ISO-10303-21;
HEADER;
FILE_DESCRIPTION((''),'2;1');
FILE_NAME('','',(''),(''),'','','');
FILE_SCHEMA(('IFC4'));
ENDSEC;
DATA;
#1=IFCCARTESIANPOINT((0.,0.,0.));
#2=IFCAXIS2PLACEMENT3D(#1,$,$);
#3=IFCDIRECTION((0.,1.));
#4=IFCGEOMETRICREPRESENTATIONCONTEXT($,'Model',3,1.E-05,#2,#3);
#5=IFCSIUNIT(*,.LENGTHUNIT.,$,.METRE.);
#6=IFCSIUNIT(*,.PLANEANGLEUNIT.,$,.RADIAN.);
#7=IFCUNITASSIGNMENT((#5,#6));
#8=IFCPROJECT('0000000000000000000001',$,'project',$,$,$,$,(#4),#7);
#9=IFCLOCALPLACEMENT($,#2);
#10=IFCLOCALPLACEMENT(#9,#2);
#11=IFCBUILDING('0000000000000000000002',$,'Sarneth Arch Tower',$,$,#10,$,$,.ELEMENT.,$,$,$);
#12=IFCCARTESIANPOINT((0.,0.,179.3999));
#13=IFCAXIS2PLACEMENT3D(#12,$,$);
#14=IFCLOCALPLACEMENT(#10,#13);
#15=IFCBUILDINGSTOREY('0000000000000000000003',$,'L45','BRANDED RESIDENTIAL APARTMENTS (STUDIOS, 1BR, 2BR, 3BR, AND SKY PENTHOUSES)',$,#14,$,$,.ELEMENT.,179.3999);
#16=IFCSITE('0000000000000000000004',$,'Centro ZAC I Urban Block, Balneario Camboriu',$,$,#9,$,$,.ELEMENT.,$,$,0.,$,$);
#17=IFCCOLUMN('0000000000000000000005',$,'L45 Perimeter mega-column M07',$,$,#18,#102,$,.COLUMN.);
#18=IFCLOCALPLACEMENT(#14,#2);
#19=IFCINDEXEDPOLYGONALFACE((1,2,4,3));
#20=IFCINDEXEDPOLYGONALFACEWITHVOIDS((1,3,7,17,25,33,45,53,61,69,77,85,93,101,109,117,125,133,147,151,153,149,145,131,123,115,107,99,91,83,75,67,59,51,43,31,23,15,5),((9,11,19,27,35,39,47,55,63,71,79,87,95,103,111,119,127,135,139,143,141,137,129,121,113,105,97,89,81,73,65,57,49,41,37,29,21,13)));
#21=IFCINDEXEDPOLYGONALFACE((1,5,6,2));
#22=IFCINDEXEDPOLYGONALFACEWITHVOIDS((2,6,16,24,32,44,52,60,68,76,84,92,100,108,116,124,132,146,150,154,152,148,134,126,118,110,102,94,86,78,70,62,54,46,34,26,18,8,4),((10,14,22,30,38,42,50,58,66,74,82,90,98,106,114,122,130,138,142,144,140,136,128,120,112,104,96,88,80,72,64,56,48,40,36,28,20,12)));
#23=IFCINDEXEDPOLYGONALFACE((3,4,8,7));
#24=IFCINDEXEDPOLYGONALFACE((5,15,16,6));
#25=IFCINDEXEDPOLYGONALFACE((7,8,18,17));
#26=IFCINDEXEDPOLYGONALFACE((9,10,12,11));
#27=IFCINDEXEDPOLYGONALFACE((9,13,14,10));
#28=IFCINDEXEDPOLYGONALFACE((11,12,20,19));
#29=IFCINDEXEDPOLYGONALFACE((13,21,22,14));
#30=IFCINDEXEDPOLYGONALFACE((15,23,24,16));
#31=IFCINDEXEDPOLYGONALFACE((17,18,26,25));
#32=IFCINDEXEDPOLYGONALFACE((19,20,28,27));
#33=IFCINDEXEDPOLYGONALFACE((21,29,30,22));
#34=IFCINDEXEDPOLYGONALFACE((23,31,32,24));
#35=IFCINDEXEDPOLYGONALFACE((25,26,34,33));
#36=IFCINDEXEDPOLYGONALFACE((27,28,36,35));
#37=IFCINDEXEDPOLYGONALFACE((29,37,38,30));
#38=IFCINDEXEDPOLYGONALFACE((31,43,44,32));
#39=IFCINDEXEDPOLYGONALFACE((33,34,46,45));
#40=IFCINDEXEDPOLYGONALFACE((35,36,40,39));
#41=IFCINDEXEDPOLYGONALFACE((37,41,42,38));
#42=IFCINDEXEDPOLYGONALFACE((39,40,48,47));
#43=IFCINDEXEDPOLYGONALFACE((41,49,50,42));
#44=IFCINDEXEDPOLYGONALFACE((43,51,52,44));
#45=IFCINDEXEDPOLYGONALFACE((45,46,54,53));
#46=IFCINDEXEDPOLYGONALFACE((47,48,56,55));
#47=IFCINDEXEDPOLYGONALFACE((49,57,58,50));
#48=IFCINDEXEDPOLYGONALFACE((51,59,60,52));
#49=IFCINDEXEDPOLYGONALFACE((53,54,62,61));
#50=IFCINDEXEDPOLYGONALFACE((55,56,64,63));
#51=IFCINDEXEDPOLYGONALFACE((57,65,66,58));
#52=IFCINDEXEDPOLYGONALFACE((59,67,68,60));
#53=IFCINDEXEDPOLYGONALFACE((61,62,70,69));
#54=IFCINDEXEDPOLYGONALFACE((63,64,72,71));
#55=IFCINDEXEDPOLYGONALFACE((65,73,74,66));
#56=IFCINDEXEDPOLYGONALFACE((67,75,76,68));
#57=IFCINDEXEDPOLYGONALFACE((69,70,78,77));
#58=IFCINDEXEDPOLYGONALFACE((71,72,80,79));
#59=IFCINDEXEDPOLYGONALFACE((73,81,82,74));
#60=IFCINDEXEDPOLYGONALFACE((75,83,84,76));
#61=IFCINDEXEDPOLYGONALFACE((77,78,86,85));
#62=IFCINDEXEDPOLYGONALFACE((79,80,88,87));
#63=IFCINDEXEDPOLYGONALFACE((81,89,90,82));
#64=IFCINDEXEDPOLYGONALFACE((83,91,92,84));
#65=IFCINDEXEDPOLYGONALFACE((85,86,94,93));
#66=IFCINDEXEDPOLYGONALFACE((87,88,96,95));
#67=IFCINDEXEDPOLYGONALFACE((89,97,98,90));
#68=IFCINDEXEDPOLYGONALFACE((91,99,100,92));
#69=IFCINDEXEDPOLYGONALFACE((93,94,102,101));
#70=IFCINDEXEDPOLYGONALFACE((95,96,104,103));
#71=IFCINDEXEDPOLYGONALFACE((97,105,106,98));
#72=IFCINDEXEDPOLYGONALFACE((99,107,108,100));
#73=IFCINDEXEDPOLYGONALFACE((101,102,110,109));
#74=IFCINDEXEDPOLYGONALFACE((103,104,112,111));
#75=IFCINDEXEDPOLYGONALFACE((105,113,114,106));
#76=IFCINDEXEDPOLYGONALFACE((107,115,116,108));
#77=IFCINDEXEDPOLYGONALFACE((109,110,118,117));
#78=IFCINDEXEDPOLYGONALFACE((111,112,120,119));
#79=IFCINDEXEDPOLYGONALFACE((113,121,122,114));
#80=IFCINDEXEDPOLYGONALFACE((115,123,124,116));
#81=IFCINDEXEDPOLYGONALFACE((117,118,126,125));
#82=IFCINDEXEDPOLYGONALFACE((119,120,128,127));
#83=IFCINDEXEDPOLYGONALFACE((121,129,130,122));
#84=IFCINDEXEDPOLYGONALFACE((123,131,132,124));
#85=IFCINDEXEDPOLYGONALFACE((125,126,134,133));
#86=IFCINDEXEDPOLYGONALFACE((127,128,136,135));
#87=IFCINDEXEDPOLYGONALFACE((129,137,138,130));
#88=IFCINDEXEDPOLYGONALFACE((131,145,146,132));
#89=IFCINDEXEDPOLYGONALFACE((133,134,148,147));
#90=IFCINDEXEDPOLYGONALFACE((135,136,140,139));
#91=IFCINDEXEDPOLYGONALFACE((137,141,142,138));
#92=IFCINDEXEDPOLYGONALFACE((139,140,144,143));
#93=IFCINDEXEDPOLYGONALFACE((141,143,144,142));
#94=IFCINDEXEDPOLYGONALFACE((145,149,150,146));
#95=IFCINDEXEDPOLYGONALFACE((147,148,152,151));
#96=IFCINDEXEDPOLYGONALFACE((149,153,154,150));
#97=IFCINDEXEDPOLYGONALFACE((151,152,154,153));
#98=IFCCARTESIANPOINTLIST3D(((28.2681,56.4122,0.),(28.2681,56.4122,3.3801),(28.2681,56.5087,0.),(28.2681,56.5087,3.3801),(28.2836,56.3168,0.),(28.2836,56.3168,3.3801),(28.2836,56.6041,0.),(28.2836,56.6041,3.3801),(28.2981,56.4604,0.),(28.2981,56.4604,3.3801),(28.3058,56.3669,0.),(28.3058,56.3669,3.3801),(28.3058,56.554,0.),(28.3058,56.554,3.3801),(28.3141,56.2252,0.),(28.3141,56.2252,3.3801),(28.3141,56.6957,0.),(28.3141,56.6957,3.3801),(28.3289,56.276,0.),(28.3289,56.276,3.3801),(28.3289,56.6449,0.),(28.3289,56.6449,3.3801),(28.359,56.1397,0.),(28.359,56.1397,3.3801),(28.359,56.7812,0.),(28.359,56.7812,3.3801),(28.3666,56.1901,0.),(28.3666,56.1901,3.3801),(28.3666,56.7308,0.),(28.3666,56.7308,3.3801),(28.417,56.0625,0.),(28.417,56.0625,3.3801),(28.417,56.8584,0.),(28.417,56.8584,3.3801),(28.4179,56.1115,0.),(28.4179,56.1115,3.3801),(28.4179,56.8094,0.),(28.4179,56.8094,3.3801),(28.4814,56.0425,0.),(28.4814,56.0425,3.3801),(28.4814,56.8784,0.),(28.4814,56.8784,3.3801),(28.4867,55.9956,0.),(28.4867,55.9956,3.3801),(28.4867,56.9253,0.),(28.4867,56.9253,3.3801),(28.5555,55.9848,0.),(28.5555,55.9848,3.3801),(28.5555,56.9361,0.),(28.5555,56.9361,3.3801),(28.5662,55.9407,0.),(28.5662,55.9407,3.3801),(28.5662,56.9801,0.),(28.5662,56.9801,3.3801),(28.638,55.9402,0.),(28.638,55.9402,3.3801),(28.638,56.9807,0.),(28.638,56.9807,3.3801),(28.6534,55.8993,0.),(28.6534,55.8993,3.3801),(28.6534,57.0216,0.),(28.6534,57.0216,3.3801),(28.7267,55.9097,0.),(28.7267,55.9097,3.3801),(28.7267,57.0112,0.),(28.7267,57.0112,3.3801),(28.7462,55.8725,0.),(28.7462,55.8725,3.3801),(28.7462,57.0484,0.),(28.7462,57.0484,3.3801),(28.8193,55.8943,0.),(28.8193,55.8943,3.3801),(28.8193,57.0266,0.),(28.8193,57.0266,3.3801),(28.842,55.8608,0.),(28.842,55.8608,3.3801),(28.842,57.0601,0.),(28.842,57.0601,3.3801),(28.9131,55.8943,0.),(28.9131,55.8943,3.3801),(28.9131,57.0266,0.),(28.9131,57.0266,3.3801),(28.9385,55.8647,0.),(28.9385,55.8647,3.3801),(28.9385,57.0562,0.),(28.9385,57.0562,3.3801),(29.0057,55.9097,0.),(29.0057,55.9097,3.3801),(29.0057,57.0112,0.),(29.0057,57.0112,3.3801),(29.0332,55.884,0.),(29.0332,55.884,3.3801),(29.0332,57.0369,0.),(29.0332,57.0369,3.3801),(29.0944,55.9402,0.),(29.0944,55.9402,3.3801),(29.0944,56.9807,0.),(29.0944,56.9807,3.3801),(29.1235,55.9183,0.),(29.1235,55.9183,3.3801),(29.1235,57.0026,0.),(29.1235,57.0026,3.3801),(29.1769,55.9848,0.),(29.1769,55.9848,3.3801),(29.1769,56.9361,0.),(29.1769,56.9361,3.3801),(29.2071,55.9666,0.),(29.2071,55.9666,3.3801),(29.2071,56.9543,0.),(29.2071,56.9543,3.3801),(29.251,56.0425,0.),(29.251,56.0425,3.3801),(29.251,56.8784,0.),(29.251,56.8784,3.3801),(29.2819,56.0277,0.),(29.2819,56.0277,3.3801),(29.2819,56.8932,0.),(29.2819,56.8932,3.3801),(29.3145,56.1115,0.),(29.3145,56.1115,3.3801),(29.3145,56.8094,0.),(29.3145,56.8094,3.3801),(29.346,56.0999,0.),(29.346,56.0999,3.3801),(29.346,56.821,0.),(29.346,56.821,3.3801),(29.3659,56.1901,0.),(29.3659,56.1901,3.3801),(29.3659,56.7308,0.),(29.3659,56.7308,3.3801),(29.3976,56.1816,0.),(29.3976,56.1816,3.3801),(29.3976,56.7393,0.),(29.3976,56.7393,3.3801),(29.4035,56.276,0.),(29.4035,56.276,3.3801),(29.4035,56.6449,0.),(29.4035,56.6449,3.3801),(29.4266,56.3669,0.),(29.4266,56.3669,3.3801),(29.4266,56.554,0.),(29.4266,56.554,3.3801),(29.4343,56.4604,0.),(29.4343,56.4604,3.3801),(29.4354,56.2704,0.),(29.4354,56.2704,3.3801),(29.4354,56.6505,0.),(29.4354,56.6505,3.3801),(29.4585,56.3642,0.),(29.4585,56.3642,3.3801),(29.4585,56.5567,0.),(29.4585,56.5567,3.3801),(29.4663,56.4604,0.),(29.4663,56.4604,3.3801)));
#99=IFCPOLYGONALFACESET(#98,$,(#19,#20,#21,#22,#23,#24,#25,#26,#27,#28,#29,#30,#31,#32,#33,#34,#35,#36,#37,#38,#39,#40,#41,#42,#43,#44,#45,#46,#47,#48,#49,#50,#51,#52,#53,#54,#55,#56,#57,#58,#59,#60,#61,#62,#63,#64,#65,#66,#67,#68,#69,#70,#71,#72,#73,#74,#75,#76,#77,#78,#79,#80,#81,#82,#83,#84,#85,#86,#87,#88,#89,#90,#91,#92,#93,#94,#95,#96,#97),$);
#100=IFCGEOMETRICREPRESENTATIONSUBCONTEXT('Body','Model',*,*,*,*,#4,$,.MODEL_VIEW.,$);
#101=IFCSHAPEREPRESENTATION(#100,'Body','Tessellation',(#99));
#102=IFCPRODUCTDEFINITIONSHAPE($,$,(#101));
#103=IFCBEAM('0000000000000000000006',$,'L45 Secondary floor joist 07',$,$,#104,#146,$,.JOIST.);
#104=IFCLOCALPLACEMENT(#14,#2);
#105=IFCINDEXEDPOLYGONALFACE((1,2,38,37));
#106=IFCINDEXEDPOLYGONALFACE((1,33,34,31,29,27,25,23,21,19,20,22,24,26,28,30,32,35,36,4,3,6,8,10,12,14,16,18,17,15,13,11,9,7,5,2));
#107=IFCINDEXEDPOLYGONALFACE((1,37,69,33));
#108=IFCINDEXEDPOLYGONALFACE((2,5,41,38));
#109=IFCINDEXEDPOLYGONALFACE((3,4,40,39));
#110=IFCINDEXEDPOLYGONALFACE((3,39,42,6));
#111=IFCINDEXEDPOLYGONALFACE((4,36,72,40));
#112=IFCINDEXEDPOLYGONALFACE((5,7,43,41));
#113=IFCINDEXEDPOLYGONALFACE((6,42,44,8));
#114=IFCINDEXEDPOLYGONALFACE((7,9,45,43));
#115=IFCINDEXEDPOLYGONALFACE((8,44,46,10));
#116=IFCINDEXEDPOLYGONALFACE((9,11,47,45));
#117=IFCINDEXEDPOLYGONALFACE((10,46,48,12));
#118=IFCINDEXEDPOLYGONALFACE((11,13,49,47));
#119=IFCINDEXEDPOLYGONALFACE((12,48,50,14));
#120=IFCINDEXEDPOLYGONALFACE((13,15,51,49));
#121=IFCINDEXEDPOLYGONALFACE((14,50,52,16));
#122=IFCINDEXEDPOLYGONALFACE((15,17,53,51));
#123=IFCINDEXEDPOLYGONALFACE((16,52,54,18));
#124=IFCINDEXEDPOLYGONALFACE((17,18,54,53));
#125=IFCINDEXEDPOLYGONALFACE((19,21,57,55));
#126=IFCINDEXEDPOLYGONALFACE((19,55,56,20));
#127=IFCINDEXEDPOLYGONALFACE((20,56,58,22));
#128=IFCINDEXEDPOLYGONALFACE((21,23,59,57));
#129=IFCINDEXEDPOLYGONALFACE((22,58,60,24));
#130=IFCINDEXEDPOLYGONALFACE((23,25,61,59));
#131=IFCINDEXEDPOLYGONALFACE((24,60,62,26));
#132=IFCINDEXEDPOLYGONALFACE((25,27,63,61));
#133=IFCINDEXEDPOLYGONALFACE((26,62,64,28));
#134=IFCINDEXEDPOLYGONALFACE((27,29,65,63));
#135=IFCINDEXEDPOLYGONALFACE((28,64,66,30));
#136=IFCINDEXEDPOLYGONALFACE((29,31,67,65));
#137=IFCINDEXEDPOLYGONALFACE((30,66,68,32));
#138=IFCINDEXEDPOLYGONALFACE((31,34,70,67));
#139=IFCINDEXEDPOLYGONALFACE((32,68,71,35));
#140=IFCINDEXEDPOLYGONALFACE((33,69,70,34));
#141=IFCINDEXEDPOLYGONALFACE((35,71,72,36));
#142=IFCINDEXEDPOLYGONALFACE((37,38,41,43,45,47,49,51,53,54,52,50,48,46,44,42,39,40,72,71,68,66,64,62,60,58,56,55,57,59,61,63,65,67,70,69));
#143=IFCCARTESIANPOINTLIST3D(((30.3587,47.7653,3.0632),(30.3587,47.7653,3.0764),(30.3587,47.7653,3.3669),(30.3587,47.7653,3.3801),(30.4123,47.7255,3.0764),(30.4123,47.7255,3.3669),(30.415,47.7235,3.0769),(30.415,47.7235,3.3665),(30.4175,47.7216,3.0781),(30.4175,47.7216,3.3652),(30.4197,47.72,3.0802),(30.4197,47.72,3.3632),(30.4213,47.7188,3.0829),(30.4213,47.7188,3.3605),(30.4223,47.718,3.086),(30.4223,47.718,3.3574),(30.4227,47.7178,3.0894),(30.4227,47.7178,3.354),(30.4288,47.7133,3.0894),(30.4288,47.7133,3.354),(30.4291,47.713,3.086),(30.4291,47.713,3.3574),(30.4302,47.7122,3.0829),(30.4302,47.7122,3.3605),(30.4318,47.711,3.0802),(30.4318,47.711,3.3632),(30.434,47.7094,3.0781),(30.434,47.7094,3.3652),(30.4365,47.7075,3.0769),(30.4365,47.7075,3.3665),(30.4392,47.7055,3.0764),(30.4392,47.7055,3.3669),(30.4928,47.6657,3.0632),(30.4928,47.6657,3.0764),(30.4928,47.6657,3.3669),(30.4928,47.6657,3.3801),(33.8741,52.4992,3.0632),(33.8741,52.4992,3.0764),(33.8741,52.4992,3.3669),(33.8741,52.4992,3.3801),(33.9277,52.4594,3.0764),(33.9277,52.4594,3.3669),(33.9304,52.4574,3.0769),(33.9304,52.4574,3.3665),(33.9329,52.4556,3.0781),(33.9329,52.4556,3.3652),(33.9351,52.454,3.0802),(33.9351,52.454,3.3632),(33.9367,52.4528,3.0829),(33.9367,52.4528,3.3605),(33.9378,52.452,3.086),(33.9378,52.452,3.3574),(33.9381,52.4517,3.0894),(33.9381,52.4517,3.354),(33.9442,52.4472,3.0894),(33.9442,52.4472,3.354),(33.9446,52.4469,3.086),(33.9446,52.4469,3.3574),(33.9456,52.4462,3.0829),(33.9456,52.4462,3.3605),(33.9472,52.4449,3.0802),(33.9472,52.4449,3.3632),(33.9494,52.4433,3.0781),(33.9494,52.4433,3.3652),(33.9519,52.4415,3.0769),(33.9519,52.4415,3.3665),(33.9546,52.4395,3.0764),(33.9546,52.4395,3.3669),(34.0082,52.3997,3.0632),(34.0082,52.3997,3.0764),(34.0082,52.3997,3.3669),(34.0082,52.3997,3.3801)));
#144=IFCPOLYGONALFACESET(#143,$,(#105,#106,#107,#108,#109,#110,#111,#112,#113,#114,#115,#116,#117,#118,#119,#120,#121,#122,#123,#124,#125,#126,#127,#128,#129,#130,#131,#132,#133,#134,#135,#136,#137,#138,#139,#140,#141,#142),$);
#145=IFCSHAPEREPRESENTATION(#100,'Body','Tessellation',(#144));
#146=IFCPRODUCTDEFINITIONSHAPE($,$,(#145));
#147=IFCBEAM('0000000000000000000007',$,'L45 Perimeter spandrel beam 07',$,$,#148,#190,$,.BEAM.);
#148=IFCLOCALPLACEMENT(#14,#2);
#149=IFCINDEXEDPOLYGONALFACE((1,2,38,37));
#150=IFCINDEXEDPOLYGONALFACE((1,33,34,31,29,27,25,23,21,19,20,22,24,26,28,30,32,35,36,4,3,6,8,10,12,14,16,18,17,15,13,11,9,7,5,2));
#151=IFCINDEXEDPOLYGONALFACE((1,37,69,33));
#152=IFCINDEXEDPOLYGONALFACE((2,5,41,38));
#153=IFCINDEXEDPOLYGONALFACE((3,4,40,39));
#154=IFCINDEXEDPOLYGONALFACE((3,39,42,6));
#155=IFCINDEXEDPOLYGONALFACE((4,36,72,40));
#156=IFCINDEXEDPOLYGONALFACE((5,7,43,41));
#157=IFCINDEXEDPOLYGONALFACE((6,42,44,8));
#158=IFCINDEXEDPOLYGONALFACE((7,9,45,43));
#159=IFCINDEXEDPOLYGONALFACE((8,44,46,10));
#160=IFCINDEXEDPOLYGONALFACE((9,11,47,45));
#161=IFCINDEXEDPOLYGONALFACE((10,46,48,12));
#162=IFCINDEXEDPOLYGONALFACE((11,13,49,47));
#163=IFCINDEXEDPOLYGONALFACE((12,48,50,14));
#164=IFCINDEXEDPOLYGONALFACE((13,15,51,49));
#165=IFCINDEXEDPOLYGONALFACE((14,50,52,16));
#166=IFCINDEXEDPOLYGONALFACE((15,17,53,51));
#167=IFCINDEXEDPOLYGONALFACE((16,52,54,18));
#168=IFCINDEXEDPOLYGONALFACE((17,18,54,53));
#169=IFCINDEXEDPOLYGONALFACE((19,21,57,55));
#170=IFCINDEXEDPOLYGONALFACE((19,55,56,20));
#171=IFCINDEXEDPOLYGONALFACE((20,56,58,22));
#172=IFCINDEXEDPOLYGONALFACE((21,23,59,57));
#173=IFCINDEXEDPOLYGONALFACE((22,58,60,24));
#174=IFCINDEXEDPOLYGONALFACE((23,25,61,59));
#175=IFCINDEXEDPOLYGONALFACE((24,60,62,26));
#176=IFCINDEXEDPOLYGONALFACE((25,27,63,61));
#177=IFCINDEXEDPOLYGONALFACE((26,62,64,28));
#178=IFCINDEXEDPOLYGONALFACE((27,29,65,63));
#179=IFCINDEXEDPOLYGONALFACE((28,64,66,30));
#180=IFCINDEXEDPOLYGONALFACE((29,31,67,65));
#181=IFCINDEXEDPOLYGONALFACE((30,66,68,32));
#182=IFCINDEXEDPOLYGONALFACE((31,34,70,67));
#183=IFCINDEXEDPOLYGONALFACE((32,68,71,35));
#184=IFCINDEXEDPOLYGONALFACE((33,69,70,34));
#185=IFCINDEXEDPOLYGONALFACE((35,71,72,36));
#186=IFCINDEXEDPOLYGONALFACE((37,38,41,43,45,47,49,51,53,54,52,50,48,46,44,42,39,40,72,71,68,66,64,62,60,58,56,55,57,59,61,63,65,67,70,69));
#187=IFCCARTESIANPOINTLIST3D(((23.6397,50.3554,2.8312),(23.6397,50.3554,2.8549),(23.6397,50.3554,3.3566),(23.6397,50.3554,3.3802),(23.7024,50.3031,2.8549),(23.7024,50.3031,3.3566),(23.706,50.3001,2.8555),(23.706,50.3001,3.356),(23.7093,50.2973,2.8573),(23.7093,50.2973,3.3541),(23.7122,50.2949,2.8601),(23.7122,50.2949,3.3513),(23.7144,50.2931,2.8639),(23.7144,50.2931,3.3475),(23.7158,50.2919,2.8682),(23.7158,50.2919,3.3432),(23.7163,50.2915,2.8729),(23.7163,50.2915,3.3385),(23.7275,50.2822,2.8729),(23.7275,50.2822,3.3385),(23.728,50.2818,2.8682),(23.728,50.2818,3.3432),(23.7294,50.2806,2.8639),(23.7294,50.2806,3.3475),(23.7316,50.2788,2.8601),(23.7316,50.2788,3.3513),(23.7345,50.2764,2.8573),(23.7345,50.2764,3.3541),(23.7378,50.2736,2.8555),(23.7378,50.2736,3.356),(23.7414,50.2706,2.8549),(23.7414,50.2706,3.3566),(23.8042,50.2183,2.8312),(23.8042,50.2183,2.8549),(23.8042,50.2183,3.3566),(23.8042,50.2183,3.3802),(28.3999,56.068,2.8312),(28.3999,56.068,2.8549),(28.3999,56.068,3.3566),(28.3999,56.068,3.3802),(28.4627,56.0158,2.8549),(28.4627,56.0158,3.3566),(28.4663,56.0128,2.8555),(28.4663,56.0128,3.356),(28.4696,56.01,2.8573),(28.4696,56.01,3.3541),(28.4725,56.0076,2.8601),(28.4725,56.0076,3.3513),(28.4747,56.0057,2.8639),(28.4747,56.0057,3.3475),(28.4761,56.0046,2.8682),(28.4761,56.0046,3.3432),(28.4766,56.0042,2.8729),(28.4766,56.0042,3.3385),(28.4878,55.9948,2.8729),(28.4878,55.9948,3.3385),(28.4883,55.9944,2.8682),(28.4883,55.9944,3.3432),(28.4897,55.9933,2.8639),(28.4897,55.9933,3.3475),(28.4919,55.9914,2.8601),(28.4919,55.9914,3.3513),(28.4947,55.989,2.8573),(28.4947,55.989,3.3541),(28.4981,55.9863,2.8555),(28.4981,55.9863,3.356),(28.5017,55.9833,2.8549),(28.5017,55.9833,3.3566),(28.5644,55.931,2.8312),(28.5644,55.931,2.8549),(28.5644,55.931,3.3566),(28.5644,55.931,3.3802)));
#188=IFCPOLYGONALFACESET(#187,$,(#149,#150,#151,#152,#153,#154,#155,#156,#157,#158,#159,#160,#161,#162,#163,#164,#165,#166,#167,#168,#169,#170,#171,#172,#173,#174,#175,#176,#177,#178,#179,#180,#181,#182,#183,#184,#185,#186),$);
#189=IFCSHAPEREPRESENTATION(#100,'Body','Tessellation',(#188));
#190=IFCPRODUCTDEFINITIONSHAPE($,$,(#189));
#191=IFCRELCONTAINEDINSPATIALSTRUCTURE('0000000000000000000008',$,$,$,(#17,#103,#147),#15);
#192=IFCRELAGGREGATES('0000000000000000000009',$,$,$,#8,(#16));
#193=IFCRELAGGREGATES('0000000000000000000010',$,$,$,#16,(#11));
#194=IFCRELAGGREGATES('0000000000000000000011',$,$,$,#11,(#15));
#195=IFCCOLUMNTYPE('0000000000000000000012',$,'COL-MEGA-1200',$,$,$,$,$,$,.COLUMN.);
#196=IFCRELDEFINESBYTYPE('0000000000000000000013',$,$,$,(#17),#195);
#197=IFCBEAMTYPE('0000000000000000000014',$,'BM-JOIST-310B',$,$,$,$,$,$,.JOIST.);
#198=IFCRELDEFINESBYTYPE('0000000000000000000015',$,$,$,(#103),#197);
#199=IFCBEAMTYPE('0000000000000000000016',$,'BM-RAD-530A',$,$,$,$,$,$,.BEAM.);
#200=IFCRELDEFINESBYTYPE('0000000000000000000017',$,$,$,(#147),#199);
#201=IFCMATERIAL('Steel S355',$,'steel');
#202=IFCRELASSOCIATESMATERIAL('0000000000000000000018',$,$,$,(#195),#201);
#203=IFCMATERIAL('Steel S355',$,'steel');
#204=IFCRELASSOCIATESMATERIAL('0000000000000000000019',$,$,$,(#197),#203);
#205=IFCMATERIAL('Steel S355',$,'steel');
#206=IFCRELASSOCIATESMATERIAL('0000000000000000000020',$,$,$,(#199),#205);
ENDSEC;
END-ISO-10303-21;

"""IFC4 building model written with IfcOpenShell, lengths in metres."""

from ifc_helpers import new_model, si_unit, direction, frame, origin, origin_2d, place, context, subcontext, project, spatial, hollow_circle, i_section, extrude, material, material_profile, profile_set, type_object, element, save


model = new_model("IFC4")

# Units and contexts
model_context = context("Model", 3, precision=1e-05, world=origin(), true_north=direction((0.0, 1.0)))
body_context = subcontext(model_context, "Body", "Model", "MODEL_VIEW")
ifc_project = project(units=[si_unit("LENGTHUNIT", "METRE"), si_unit("PLANEANGLEUNIT", "RADIAN")], contexts=[model_context])

# Site, building, storey
site_placement = place(None, origin())
site = spatial("IfcSite", under=ifc_project, at=site_placement, Name="Centro ZAC I Urban Block, Balneario Camboriu", CompositionType="ELEMENT", RefElevation=0.0)
building_placement = place(site_placement, origin())
building = spatial("IfcBuilding", under=site, at=building_placement, Name="Sarneth Arch Tower", CompositionType="ELEMENT")
storey_placement = place(building_placement, frame((0.0, 0.0, 179.3999)))
storey = spatial("IfcBuildingStorey", under=building, at=storey_placement, Name="L45", Description="BRANDED RESIDENTIAL APARTMENTS (STUDIOS, 1BR, 2BR, 3BR, AND SKY PENTHOUSES)", CompositionType="ELEMENT", Elevation=179.3999)

# Column
ifc_material_1 = material(Name="Steel S355", Category="steel")
ifc_material_profile_1 = material_profile(ifc_material_1, hollow_circle(Radius=0.6001, WallThickness=0.032, at=origin_2d()), Name="CHS1200x32")
ifc_profile_set_1 = profile_set([ifc_material_profile_1], Name="Steel S355")
column_type = type_object("IfcColumnType", Name="COL-MEGA-1200", PredefinedType="COLUMN", material=ifc_profile_set_1)
column_placement = place(storey_placement, frame((28.8662, 56.4604, 0.0), z_axis=(0.0, 0.0, 1.0), x_axis=(1.0, 0.0, 0.0)))
element("IfcColumn", 1, at=column_placement, inside=storey, type_object=column_type, Name="L45 Perimeter mega-column M07", PredefinedType="COLUMN", context=body_context, shape_type="SweptSolid", body=[
    extrude(hollow_circle(Radius=0.6001, WallThickness=0.032, at=origin_2d()), origin(), (0.0, 0.0, 1.0), 3.3801),
])

# Beams
ifc_material_2 = material(Name="Steel S355", Category="steel")
ifc_material_profile_2 = material_profile(ifc_material_2, i_section(OverallWidth=0.167, OverallDepth=0.3169, WebThickness=0.0076, FlangeThickness=0.0132, FilletRadius=0.0129, at=origin_2d()), Name="W310x52")
ifc_profile_set_2 = profile_set([ifc_material_profile_2], Name="Steel S355")
beam_type_1 = type_object("IfcBeamType", Name="BM-JOIST-310B", PredefinedType="JOIST", material=ifc_profile_set_2)
beam_1_placement = place(storey_placement, frame((33.9412, 52.4495, 3.2217), z_axis=(-0.596191, -0.802843, 0.0), x_axis=(0.802843, -0.596191, 0.0)))
element("IfcBeam", 2, at=beam_1_placement, inside=storey, type_object=beam_type_1, Name="L45 Secondary floor joist 07", PredefinedType="JOIST", context=body_context, shape_type="SweptSolid", body=[
    extrude(i_section(OverallWidth=0.167, OverallDepth=0.3169, WebThickness=0.0076, FlangeThickness=0.0132, FilletRadius=0.0129, at=origin_2d()), origin(), (0.0, 0.0, 1.0), 5.8965),
])
ifc_material_3 = material(Name="Steel S355", Category="steel")
ifc_material_profile_3 = material_profile(ifc_material_3, i_section(OverallWidth=0.2141, OverallDepth=0.5491, WebThickness=0.0146, FlangeThickness=0.0237, FilletRadius=0.0181, at=origin_2d()), Name="W530x138")
ifc_profile_set_3 = profile_set([ifc_material_profile_3], Name="Steel S355")
beam_type_2 = type_object("IfcBeamType", Name="BM-RAD-530A", PredefinedType="BEAM", material=ifc_profile_set_3)
beam_2_placement = place(storey_placement, frame((28.4822, 55.9995, 3.1057), z_axis=(-0.640162, -0.76824, 0.0), x_axis=(0.76824, -0.640162, 0.0)))
element("IfcBeam", 3, at=beam_2_placement, inside=storey, type_object=beam_type_2, Name="L45 Perimeter spandrel beam 07", PredefinedType="BEAM", context=body_context, shape_type="SweptSolid", body=[
    extrude(i_section(OverallWidth=0.2141, OverallDepth=0.5491, WebThickness=0.0146, FlangeThickness=0.0237, FilletRadius=0.0181, at=origin_2d()), origin(), (0.0, 0.0, 1.0), 7.436),
])

save(model, "model.ifc")
